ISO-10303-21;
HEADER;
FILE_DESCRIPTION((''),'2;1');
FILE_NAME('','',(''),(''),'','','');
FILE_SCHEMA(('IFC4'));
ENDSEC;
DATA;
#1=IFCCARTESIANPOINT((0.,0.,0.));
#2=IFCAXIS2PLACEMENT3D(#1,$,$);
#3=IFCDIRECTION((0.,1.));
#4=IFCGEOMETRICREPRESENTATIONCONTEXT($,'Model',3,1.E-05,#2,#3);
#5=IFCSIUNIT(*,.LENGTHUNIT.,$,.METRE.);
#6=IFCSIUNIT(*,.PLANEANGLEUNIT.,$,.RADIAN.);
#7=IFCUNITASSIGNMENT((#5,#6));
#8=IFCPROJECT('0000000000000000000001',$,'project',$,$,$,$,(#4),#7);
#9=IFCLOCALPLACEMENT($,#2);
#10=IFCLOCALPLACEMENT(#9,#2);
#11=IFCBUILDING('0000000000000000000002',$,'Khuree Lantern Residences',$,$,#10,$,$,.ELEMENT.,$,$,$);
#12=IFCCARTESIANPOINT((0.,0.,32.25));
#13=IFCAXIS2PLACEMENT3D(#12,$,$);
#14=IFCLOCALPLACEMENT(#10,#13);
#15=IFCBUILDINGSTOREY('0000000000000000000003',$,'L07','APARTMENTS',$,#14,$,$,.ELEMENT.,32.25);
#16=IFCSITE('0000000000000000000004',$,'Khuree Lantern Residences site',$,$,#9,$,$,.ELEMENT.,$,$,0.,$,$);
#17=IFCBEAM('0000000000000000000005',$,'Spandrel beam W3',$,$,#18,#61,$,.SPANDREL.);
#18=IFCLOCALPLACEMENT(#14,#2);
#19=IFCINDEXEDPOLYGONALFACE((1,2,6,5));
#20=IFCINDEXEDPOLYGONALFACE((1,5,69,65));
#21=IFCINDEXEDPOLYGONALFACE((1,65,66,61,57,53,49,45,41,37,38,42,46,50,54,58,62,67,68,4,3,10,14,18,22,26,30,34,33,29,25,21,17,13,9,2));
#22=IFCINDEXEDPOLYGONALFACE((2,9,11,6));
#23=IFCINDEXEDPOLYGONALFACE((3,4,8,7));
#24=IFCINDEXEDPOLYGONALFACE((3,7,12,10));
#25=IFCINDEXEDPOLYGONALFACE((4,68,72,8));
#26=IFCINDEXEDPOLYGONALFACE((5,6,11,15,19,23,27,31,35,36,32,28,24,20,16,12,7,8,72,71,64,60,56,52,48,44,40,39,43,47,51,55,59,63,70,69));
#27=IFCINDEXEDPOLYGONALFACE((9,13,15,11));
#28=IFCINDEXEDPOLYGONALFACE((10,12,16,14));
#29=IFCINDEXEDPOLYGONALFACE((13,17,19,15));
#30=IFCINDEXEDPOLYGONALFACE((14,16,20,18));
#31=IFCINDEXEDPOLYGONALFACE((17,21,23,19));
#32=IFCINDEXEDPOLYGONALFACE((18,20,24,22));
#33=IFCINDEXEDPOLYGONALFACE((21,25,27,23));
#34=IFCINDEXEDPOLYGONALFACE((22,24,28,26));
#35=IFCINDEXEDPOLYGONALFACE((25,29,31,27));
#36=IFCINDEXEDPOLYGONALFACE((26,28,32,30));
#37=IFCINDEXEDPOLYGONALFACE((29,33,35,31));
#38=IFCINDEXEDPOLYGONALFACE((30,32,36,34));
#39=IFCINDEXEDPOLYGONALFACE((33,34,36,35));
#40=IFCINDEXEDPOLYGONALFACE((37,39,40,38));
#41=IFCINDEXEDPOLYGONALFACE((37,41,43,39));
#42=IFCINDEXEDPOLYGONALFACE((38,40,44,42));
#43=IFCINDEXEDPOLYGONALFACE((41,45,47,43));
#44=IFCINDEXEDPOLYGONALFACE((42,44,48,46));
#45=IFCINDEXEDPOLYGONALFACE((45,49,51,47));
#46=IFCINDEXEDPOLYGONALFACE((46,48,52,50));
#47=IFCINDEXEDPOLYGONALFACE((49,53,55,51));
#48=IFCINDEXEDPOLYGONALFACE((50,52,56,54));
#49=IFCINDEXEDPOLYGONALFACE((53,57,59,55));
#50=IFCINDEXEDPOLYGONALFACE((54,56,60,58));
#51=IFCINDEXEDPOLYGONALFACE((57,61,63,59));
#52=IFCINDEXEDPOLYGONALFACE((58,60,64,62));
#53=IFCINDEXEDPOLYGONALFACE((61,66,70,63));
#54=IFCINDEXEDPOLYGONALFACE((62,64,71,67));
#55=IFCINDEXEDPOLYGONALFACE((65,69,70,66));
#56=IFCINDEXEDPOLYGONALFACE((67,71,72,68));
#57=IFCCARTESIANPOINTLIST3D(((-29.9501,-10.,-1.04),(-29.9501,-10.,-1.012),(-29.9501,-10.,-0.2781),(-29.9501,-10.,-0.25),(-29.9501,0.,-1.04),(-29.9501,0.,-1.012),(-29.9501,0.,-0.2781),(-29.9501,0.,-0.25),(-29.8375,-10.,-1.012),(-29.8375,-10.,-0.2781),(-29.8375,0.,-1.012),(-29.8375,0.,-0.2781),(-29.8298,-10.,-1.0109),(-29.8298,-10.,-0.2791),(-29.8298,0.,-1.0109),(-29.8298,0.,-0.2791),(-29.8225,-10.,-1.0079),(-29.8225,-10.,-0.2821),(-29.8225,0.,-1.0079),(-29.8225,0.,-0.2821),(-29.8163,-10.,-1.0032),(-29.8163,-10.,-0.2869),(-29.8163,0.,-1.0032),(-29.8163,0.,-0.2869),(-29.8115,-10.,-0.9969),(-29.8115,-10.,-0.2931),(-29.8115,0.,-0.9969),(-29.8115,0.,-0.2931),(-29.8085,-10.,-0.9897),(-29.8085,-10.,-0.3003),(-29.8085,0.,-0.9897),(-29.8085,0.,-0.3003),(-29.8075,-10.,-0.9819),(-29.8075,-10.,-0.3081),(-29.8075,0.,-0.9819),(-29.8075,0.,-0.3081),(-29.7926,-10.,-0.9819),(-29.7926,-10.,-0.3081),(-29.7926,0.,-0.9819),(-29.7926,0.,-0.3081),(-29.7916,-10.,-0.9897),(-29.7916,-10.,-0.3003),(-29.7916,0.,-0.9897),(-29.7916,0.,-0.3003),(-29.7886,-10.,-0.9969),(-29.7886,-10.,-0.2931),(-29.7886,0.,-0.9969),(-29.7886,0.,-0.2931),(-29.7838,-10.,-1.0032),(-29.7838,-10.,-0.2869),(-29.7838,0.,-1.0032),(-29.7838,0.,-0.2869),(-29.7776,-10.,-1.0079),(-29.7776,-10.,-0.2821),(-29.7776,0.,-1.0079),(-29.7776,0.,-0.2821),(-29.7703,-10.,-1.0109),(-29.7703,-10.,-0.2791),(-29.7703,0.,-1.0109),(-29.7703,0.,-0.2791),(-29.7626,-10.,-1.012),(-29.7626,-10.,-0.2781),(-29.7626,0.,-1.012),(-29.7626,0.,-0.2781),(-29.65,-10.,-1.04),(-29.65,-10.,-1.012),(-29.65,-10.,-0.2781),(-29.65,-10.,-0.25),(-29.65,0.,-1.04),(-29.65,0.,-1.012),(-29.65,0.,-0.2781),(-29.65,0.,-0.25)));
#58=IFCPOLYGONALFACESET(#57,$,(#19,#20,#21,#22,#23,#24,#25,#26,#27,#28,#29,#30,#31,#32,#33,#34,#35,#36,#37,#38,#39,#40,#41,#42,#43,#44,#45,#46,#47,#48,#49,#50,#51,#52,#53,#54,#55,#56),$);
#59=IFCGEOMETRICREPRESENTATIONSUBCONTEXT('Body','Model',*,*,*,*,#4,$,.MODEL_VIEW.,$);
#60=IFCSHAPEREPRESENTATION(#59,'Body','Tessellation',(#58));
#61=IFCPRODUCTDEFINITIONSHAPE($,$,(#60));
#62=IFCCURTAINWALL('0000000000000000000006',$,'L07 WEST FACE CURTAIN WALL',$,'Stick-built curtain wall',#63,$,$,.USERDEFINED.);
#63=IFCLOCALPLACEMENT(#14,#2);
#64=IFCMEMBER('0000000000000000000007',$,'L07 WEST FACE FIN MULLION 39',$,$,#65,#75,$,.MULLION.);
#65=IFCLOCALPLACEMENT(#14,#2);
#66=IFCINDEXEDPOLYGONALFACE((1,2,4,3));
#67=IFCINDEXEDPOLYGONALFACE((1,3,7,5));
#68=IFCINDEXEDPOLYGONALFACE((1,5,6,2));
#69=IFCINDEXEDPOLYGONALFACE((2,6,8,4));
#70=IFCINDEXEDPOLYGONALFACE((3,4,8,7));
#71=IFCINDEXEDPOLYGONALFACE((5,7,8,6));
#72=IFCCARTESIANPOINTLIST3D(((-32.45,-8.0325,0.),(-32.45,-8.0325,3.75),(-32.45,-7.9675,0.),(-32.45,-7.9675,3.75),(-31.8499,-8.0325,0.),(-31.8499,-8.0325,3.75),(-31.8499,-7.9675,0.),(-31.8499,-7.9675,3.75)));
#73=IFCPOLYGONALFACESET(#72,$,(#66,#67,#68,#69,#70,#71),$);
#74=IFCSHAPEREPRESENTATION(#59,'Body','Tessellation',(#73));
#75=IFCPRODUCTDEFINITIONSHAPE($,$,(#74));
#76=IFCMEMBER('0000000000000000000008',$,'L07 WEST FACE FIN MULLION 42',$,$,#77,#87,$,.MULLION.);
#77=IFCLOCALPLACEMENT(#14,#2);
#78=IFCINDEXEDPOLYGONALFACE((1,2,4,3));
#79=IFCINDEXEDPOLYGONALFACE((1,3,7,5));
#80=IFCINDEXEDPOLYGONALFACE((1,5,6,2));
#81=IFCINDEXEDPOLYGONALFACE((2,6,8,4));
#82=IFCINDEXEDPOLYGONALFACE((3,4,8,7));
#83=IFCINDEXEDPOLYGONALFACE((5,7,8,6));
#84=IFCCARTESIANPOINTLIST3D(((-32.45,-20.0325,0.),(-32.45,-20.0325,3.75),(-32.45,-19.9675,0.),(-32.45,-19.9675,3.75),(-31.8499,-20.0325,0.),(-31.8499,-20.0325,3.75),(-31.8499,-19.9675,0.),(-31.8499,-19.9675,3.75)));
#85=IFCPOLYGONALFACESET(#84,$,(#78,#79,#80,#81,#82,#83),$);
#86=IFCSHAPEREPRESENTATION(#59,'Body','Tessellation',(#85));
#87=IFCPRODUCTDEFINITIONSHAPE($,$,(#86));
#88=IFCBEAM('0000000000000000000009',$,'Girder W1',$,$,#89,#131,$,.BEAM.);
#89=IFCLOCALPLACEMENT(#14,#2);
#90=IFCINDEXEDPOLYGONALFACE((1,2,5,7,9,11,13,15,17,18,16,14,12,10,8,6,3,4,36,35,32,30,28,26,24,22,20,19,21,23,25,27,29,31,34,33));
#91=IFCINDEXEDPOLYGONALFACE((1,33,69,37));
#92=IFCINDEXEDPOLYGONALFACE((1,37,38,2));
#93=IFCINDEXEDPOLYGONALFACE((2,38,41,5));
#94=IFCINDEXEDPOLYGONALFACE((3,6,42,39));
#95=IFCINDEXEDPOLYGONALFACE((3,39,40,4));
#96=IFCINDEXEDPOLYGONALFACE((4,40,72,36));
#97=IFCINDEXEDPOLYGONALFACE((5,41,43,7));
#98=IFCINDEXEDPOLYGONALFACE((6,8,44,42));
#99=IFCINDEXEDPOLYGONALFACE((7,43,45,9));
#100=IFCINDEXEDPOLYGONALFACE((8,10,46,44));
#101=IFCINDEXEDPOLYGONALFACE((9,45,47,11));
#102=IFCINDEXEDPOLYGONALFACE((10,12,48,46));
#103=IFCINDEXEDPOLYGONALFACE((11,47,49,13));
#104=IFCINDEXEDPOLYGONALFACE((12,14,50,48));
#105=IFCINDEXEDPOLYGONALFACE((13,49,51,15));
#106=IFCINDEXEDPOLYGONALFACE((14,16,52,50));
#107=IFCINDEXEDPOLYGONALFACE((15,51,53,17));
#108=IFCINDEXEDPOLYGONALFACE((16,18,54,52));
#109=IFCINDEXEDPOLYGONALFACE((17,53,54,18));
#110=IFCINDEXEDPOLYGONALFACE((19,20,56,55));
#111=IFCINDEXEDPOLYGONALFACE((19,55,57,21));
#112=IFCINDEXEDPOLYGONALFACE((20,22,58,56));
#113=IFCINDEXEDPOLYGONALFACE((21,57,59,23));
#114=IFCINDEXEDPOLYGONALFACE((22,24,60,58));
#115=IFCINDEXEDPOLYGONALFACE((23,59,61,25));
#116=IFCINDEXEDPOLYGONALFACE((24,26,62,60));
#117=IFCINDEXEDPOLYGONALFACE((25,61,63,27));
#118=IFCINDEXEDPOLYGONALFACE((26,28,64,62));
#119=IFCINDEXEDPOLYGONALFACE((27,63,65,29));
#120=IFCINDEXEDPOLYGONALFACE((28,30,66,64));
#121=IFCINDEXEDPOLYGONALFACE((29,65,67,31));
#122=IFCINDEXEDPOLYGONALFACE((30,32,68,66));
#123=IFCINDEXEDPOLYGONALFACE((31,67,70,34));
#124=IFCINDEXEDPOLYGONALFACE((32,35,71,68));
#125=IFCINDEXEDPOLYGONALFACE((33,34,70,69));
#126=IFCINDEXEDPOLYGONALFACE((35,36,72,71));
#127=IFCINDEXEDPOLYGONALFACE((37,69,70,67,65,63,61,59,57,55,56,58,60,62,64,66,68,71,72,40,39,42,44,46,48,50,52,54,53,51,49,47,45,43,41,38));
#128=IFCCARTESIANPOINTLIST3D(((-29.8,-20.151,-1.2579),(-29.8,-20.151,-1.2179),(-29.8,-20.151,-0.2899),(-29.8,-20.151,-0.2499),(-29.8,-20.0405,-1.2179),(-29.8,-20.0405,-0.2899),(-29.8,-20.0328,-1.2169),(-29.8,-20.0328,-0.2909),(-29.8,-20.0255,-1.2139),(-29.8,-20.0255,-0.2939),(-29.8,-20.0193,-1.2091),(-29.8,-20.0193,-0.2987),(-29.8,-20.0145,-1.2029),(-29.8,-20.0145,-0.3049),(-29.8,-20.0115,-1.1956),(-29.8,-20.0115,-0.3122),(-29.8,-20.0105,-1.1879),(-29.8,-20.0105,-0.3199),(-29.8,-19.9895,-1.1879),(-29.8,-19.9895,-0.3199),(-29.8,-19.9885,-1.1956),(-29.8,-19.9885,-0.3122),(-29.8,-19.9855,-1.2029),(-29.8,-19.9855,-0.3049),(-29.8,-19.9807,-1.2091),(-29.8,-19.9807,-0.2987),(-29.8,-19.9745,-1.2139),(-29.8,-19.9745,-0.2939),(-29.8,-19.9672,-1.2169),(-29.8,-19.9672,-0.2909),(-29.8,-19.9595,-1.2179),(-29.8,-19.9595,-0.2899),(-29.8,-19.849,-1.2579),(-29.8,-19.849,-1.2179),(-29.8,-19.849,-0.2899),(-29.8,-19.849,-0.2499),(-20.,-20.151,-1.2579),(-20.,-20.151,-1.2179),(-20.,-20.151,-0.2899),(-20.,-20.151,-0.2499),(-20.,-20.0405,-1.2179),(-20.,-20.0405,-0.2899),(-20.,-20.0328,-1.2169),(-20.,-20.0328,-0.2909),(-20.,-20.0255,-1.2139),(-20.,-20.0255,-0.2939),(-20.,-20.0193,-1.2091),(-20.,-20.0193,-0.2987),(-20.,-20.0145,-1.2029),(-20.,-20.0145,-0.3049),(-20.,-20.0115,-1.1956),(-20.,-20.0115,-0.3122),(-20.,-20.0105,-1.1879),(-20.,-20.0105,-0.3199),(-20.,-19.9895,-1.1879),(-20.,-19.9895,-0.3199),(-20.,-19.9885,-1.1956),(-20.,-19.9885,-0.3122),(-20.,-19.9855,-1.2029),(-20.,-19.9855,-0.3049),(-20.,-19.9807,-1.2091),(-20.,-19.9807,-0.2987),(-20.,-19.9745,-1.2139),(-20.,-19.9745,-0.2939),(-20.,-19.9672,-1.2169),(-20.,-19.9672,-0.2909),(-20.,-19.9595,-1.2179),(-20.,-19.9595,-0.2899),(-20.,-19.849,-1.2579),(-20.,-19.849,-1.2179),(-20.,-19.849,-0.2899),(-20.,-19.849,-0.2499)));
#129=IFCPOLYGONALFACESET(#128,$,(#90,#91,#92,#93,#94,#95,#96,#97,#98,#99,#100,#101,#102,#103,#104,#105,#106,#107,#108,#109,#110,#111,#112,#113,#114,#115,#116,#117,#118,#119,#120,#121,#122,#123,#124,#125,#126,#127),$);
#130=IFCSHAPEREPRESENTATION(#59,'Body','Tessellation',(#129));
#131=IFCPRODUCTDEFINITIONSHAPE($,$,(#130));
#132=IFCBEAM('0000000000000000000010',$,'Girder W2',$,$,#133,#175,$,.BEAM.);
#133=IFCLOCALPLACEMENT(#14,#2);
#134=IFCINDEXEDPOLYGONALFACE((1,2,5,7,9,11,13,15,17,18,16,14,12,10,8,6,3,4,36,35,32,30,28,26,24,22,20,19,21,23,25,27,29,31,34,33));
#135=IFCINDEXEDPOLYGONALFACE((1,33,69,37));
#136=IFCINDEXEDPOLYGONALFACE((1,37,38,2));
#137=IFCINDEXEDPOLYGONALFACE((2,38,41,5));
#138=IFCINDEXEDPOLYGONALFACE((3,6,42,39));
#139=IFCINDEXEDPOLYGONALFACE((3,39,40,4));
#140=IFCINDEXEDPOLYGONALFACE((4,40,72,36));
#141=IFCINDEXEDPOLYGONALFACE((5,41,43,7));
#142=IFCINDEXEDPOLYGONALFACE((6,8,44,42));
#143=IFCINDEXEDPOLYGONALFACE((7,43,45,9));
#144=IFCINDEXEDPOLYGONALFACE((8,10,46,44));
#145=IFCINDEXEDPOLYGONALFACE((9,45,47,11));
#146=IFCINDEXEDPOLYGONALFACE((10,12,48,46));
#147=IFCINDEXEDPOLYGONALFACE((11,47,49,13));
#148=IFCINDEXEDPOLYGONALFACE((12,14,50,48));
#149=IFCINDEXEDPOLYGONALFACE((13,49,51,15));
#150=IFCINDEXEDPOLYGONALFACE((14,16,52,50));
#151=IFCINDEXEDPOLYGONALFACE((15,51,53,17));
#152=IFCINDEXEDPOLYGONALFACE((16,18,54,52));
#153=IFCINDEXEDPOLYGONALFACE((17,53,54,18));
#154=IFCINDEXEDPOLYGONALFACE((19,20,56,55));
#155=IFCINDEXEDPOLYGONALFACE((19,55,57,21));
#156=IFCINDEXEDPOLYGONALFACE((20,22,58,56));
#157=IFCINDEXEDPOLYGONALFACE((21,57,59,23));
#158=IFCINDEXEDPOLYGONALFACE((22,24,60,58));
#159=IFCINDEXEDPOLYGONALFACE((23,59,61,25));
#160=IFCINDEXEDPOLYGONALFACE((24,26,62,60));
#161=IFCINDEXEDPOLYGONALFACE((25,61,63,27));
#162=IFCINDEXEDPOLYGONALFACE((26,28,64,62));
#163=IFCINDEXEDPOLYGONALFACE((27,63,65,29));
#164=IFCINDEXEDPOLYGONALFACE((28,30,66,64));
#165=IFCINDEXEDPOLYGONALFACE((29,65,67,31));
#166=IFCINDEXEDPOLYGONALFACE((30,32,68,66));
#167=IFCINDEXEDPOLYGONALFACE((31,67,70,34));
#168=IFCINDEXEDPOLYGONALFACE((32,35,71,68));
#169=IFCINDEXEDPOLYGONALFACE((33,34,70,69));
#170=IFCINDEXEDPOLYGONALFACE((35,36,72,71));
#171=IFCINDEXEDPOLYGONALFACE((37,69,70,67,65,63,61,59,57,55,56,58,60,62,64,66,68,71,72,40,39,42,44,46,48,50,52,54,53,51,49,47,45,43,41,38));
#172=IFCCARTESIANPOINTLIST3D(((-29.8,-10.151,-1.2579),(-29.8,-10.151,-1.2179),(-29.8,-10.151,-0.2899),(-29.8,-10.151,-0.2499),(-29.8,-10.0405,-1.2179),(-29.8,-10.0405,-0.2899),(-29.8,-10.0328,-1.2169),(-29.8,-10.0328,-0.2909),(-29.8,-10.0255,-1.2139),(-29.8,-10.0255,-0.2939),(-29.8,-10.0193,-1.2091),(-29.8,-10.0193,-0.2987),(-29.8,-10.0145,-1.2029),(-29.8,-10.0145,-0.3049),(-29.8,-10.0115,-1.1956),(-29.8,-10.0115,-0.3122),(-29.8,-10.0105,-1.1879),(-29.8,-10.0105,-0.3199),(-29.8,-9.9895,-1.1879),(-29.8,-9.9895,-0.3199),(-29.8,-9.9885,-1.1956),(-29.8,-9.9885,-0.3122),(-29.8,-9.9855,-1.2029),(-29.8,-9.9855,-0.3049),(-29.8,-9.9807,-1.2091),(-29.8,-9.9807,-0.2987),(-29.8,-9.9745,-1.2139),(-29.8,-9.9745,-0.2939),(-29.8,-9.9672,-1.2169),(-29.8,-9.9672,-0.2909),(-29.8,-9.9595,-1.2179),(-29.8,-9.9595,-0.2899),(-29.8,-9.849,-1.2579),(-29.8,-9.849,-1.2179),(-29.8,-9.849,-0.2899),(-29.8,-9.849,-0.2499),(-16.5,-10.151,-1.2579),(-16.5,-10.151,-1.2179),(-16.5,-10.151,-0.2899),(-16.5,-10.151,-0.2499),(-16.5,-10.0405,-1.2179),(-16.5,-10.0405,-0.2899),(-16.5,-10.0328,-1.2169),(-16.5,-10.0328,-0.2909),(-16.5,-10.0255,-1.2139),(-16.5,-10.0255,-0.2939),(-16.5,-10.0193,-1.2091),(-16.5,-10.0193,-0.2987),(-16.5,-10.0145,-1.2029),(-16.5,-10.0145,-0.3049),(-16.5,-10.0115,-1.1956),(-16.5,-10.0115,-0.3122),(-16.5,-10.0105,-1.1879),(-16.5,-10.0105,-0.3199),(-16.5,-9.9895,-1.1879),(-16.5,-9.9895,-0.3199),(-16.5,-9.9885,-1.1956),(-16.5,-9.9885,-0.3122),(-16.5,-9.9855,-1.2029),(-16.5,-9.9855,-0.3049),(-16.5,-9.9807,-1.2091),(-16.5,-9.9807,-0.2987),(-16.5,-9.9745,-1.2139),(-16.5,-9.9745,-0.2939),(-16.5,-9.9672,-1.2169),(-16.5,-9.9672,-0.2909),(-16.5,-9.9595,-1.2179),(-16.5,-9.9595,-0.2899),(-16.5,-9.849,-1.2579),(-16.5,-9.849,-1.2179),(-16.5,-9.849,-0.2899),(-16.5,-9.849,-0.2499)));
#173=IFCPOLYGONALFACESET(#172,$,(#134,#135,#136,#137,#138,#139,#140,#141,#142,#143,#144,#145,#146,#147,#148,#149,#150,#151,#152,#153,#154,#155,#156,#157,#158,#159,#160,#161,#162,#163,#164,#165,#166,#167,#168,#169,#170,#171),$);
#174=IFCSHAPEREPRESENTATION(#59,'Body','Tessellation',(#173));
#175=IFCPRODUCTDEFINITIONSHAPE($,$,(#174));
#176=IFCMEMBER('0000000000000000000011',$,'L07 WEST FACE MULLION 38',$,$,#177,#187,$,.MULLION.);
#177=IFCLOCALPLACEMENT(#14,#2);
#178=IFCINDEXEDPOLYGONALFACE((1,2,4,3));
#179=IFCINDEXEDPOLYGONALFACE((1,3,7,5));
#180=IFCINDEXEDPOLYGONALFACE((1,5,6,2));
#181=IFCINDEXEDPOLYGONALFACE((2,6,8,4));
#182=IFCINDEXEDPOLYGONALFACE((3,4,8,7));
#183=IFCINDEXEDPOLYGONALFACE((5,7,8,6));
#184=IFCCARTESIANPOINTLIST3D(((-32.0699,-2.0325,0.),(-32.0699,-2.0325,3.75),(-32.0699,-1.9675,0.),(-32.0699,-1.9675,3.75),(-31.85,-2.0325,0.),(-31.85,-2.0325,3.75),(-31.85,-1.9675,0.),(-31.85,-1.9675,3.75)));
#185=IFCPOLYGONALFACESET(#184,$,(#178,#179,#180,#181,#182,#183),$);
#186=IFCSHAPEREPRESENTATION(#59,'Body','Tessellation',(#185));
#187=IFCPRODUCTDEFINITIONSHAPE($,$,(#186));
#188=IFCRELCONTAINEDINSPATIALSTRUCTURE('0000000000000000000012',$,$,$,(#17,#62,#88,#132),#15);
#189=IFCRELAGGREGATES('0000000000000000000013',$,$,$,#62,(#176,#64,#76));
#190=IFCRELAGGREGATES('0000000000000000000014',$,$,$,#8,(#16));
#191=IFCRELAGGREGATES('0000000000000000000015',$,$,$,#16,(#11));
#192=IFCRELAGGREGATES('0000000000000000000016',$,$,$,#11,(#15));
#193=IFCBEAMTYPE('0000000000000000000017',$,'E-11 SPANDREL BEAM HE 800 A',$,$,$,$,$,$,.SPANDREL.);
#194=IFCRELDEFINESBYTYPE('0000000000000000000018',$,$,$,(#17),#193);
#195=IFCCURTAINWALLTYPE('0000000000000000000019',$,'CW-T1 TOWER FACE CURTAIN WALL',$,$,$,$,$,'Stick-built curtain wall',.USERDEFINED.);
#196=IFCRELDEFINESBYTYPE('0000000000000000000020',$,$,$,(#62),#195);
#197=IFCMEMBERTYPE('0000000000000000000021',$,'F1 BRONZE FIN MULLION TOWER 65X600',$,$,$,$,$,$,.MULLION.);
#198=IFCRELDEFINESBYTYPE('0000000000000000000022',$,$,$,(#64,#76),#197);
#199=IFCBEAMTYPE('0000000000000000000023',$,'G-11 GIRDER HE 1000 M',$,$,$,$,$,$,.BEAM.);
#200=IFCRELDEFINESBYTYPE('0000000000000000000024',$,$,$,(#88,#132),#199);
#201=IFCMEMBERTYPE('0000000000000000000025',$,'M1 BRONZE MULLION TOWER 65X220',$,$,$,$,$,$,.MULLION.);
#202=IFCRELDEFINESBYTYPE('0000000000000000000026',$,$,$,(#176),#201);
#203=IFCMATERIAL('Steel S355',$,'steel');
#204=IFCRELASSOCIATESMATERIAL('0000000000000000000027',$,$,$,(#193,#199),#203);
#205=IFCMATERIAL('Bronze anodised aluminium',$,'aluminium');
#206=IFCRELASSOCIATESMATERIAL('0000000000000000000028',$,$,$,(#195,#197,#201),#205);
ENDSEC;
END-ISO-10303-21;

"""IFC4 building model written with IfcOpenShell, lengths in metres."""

from ifc_helpers import new_model, si_unit, direction, frame, origin, origin_2d, place, context, subcontext, project, spatial, rectangle, i_section, extrude, material, material_profile, profile_set, type_object, element, aggregate, save


model = new_model("IFC4")

# Units and contexts
model_context = context("Model", 3, precision=1e-05, world=origin(), true_north=direction((0.0, 1.0)))
body_context = subcontext(model_context, "Body", "Model", "MODEL_VIEW")
ifc_project = project(units=[si_unit("LENGTHUNIT", "METRE"), si_unit("PLANEANGLEUNIT", "RADIAN")], contexts=[model_context])

# Site, building, storey
site_placement = place(None, origin())
site = spatial("IfcSite", under=ifc_project, at=site_placement, Name="Khuree Lantern Residences site", CompositionType="ELEMENT", RefElevation=0.0)
building_placement = place(site_placement, origin())
building = spatial("IfcBuilding", under=site, at=building_placement, Name="Khuree Lantern Residences", CompositionType="ELEMENT")
storey_placement = place(building_placement, frame((0.0, 0.0, 32.25)))
storey = spatial("IfcBuildingStorey", under=building, at=storey_placement, Name="L07", Description="APARTMENTS", CompositionType="ELEMENT", Elevation=32.25)

# Beam
ifc_material_1 = material(Name="Steel S355", Category="steel")
ifc_material_profile_1 = material_profile(ifc_material_1, i_section(OverallWidth=0.3, OverallDepth=0.79, WebThickness=0.0149, FlangeThickness=0.0281, FilletRadius=0.03, at=origin_2d()), Name="HE 800 A")
ifc_profile_set_1 = profile_set([ifc_material_profile_1], Name="Steel S355")
beam_type_1 = type_object("IfcBeamType", Name="E-11 SPANDREL BEAM HE 800 A", PredefinedType="SPANDREL", material=ifc_profile_set_1)
for number, where, z_axis, x_axis, name in (
    (1, (-29.8, -10.0, -0.645), (0.0, 1.0, 0.0), (-1.0, 0.0, 0.0), "Spandrel beam W3"),
):
    element("IfcBeam", number, at=place(storey_placement, frame(where, z_axis=z_axis, x_axis=x_axis)), inside=storey, type_object=beam_type_1, Name=name, PredefinedType="SPANDREL", context=body_context, shape_type="SweptSolid", body=[
        extrude(i_section(OverallWidth=0.3, OverallDepth=0.79, WebThickness=0.0149, FlangeThickness=0.0281, FilletRadius=0.03, at=origin_2d()), origin(), (0.0, 0.0, 1.0), 10.0),
    ])

# Curtain wall, members
ifc_material_2 = material(Name="Bronze anodised aluminium", Category="aluminium")
curtain_wall_type = type_object("IfcCurtainWallType", Name="CW-T1 TOWER FACE CURTAIN WALL", ElementType="Stick-built curtain wall", PredefinedType="USERDEFINED", material=ifc_material_2)
curtain_wall_placement = place(storey_placement, origin())
curtain_wall = element("IfcCurtainWall", 2, at=curtain_wall_placement, inside=storey, type_object=curtain_wall_type, Name="L07 WEST FACE CURTAIN WALL", ObjectType="Stick-built curtain wall", PredefinedType="USERDEFINED")
ifc_material_profile_2 = material_profile(ifc_material_2, rectangle(XDim=0.0649, YDim=0.6001, at=origin_2d()), Name="F1 65X600")
ifc_profile_set_2 = profile_set([ifc_material_profile_2], Name="Bronze anodised aluminium")
member_type_1 = type_object("IfcMemberType", Name="F1 BRONZE FIN MULLION TOWER 65X600", PredefinedType="MULLION", material=ifc_profile_set_2)
member_1_placement = place(storey_placement, frame((-32.1499, -8.0, 0.0), z_axis=(0.0, 0.0, 1.0), x_axis=(0.0, -1.0, 0.0)))
member_1 = element("IfcMember", 3, at=member_1_placement, type_object=member_type_1, Name="L07 WEST FACE FIN MULLION 39", PredefinedType="MULLION", context=body_context, shape_type="SweptSolid", body=[
    extrude(rectangle(XDim=0.0649, YDim=0.6001, at=origin_2d()), origin(), (0.0, 0.0, 1.0), 3.75),
])
member_2_placement = place(storey_placement, frame((-32.1499, -20.0, 0.0), z_axis=(0.0, 0.0, 1.0), x_axis=(0.0, -1.0, 0.0)))
member_2 = element("IfcMember", 4, at=member_2_placement, type_object=member_type_1, Name="L07 WEST FACE FIN MULLION 42", PredefinedType="MULLION", context=body_context, shape_type="SweptSolid", body=[
    extrude(rectangle(XDim=0.0649, YDim=0.6001, at=origin_2d()), origin(), (0.0, 0.0, 1.0), 3.75),
])

# Beams
ifc_material_profile_3 = material_profile(ifc_material_1, i_section(OverallWidth=0.302, OverallDepth=1.0081, WebThickness=0.021, FlangeThickness=0.04, FilletRadius=0.03, at=origin_2d()), Name="HE 1000 M")
ifc_profile_set_3 = profile_set([ifc_material_profile_3], Name="Steel S355")
beam_type_2 = type_object("IfcBeamType", Name="G-11 GIRDER HE 1000 M", PredefinedType="BEAM", material=ifc_profile_set_3)
beam_1_placement = place(storey_placement, frame((-29.8, -20.0, -0.7539), z_axis=(1.0, 0.0, 0.0), x_axis=(0.0, 1.0, 0.0)))
element("IfcBeam", 5, at=beam_1_placement, inside=storey, type_object=beam_type_2, Name="Girder W1", PredefinedType="BEAM", context=body_context, shape_type="SweptSolid", body=[
    extrude(i_section(OverallWidth=0.302, OverallDepth=1.0081, WebThickness=0.021, FlangeThickness=0.04, FilletRadius=0.03, at=origin_2d()), origin(), (0.0, 0.0, 1.0), 9.8),
])
beam_2_placement = place(storey_placement, frame((-29.8, -10.0, -0.7539), z_axis=(1.0, 0.0, 0.0), x_axis=(0.0, 1.0, 0.0)))
element("IfcBeam", 6, at=beam_2_placement, inside=storey, type_object=beam_type_2, Name="Girder W2", PredefinedType="BEAM", context=body_context, shape_type="SweptSolid", body=[
    extrude(i_section(OverallWidth=0.302, OverallDepth=1.0081, WebThickness=0.021, FlangeThickness=0.04, FilletRadius=0.03, at=origin_2d()), origin(), (0.0, 0.0, 1.0), 13.3),
])

# Member
ifc_material_profile_4 = material_profile(ifc_material_2, rectangle(XDim=0.0649, YDim=0.22, at=origin_2d()), Name="M1 65X220")
ifc_profile_set_4 = profile_set([ifc_material_profile_4], Name="Bronze anodised aluminium")
member_type_2 = type_object("IfcMemberType", Name="M1 BRONZE MULLION TOWER 65X220", PredefinedType="MULLION", material=ifc_profile_set_4)
member_3_placement = place(storey_placement, frame((-31.96, -2.0, 0.0), z_axis=(0.0, 0.0, 1.0), x_axis=(0.0, -1.0, 0.0)))
member_3 = element("IfcMember", 7, at=member_3_placement, type_object=member_type_2, Name="L07 WEST FACE MULLION 38", PredefinedType="MULLION", context=body_context, shape_type="SweptSolid", body=[
    extrude(rectangle(XDim=0.0649, YDim=0.22, at=origin_2d()), origin(), (0.0, 0.0, 1.0), 3.75),
])

aggregate(curtain_wall, [member_3, member_1, member_2])

save(model, "model.ifc")
